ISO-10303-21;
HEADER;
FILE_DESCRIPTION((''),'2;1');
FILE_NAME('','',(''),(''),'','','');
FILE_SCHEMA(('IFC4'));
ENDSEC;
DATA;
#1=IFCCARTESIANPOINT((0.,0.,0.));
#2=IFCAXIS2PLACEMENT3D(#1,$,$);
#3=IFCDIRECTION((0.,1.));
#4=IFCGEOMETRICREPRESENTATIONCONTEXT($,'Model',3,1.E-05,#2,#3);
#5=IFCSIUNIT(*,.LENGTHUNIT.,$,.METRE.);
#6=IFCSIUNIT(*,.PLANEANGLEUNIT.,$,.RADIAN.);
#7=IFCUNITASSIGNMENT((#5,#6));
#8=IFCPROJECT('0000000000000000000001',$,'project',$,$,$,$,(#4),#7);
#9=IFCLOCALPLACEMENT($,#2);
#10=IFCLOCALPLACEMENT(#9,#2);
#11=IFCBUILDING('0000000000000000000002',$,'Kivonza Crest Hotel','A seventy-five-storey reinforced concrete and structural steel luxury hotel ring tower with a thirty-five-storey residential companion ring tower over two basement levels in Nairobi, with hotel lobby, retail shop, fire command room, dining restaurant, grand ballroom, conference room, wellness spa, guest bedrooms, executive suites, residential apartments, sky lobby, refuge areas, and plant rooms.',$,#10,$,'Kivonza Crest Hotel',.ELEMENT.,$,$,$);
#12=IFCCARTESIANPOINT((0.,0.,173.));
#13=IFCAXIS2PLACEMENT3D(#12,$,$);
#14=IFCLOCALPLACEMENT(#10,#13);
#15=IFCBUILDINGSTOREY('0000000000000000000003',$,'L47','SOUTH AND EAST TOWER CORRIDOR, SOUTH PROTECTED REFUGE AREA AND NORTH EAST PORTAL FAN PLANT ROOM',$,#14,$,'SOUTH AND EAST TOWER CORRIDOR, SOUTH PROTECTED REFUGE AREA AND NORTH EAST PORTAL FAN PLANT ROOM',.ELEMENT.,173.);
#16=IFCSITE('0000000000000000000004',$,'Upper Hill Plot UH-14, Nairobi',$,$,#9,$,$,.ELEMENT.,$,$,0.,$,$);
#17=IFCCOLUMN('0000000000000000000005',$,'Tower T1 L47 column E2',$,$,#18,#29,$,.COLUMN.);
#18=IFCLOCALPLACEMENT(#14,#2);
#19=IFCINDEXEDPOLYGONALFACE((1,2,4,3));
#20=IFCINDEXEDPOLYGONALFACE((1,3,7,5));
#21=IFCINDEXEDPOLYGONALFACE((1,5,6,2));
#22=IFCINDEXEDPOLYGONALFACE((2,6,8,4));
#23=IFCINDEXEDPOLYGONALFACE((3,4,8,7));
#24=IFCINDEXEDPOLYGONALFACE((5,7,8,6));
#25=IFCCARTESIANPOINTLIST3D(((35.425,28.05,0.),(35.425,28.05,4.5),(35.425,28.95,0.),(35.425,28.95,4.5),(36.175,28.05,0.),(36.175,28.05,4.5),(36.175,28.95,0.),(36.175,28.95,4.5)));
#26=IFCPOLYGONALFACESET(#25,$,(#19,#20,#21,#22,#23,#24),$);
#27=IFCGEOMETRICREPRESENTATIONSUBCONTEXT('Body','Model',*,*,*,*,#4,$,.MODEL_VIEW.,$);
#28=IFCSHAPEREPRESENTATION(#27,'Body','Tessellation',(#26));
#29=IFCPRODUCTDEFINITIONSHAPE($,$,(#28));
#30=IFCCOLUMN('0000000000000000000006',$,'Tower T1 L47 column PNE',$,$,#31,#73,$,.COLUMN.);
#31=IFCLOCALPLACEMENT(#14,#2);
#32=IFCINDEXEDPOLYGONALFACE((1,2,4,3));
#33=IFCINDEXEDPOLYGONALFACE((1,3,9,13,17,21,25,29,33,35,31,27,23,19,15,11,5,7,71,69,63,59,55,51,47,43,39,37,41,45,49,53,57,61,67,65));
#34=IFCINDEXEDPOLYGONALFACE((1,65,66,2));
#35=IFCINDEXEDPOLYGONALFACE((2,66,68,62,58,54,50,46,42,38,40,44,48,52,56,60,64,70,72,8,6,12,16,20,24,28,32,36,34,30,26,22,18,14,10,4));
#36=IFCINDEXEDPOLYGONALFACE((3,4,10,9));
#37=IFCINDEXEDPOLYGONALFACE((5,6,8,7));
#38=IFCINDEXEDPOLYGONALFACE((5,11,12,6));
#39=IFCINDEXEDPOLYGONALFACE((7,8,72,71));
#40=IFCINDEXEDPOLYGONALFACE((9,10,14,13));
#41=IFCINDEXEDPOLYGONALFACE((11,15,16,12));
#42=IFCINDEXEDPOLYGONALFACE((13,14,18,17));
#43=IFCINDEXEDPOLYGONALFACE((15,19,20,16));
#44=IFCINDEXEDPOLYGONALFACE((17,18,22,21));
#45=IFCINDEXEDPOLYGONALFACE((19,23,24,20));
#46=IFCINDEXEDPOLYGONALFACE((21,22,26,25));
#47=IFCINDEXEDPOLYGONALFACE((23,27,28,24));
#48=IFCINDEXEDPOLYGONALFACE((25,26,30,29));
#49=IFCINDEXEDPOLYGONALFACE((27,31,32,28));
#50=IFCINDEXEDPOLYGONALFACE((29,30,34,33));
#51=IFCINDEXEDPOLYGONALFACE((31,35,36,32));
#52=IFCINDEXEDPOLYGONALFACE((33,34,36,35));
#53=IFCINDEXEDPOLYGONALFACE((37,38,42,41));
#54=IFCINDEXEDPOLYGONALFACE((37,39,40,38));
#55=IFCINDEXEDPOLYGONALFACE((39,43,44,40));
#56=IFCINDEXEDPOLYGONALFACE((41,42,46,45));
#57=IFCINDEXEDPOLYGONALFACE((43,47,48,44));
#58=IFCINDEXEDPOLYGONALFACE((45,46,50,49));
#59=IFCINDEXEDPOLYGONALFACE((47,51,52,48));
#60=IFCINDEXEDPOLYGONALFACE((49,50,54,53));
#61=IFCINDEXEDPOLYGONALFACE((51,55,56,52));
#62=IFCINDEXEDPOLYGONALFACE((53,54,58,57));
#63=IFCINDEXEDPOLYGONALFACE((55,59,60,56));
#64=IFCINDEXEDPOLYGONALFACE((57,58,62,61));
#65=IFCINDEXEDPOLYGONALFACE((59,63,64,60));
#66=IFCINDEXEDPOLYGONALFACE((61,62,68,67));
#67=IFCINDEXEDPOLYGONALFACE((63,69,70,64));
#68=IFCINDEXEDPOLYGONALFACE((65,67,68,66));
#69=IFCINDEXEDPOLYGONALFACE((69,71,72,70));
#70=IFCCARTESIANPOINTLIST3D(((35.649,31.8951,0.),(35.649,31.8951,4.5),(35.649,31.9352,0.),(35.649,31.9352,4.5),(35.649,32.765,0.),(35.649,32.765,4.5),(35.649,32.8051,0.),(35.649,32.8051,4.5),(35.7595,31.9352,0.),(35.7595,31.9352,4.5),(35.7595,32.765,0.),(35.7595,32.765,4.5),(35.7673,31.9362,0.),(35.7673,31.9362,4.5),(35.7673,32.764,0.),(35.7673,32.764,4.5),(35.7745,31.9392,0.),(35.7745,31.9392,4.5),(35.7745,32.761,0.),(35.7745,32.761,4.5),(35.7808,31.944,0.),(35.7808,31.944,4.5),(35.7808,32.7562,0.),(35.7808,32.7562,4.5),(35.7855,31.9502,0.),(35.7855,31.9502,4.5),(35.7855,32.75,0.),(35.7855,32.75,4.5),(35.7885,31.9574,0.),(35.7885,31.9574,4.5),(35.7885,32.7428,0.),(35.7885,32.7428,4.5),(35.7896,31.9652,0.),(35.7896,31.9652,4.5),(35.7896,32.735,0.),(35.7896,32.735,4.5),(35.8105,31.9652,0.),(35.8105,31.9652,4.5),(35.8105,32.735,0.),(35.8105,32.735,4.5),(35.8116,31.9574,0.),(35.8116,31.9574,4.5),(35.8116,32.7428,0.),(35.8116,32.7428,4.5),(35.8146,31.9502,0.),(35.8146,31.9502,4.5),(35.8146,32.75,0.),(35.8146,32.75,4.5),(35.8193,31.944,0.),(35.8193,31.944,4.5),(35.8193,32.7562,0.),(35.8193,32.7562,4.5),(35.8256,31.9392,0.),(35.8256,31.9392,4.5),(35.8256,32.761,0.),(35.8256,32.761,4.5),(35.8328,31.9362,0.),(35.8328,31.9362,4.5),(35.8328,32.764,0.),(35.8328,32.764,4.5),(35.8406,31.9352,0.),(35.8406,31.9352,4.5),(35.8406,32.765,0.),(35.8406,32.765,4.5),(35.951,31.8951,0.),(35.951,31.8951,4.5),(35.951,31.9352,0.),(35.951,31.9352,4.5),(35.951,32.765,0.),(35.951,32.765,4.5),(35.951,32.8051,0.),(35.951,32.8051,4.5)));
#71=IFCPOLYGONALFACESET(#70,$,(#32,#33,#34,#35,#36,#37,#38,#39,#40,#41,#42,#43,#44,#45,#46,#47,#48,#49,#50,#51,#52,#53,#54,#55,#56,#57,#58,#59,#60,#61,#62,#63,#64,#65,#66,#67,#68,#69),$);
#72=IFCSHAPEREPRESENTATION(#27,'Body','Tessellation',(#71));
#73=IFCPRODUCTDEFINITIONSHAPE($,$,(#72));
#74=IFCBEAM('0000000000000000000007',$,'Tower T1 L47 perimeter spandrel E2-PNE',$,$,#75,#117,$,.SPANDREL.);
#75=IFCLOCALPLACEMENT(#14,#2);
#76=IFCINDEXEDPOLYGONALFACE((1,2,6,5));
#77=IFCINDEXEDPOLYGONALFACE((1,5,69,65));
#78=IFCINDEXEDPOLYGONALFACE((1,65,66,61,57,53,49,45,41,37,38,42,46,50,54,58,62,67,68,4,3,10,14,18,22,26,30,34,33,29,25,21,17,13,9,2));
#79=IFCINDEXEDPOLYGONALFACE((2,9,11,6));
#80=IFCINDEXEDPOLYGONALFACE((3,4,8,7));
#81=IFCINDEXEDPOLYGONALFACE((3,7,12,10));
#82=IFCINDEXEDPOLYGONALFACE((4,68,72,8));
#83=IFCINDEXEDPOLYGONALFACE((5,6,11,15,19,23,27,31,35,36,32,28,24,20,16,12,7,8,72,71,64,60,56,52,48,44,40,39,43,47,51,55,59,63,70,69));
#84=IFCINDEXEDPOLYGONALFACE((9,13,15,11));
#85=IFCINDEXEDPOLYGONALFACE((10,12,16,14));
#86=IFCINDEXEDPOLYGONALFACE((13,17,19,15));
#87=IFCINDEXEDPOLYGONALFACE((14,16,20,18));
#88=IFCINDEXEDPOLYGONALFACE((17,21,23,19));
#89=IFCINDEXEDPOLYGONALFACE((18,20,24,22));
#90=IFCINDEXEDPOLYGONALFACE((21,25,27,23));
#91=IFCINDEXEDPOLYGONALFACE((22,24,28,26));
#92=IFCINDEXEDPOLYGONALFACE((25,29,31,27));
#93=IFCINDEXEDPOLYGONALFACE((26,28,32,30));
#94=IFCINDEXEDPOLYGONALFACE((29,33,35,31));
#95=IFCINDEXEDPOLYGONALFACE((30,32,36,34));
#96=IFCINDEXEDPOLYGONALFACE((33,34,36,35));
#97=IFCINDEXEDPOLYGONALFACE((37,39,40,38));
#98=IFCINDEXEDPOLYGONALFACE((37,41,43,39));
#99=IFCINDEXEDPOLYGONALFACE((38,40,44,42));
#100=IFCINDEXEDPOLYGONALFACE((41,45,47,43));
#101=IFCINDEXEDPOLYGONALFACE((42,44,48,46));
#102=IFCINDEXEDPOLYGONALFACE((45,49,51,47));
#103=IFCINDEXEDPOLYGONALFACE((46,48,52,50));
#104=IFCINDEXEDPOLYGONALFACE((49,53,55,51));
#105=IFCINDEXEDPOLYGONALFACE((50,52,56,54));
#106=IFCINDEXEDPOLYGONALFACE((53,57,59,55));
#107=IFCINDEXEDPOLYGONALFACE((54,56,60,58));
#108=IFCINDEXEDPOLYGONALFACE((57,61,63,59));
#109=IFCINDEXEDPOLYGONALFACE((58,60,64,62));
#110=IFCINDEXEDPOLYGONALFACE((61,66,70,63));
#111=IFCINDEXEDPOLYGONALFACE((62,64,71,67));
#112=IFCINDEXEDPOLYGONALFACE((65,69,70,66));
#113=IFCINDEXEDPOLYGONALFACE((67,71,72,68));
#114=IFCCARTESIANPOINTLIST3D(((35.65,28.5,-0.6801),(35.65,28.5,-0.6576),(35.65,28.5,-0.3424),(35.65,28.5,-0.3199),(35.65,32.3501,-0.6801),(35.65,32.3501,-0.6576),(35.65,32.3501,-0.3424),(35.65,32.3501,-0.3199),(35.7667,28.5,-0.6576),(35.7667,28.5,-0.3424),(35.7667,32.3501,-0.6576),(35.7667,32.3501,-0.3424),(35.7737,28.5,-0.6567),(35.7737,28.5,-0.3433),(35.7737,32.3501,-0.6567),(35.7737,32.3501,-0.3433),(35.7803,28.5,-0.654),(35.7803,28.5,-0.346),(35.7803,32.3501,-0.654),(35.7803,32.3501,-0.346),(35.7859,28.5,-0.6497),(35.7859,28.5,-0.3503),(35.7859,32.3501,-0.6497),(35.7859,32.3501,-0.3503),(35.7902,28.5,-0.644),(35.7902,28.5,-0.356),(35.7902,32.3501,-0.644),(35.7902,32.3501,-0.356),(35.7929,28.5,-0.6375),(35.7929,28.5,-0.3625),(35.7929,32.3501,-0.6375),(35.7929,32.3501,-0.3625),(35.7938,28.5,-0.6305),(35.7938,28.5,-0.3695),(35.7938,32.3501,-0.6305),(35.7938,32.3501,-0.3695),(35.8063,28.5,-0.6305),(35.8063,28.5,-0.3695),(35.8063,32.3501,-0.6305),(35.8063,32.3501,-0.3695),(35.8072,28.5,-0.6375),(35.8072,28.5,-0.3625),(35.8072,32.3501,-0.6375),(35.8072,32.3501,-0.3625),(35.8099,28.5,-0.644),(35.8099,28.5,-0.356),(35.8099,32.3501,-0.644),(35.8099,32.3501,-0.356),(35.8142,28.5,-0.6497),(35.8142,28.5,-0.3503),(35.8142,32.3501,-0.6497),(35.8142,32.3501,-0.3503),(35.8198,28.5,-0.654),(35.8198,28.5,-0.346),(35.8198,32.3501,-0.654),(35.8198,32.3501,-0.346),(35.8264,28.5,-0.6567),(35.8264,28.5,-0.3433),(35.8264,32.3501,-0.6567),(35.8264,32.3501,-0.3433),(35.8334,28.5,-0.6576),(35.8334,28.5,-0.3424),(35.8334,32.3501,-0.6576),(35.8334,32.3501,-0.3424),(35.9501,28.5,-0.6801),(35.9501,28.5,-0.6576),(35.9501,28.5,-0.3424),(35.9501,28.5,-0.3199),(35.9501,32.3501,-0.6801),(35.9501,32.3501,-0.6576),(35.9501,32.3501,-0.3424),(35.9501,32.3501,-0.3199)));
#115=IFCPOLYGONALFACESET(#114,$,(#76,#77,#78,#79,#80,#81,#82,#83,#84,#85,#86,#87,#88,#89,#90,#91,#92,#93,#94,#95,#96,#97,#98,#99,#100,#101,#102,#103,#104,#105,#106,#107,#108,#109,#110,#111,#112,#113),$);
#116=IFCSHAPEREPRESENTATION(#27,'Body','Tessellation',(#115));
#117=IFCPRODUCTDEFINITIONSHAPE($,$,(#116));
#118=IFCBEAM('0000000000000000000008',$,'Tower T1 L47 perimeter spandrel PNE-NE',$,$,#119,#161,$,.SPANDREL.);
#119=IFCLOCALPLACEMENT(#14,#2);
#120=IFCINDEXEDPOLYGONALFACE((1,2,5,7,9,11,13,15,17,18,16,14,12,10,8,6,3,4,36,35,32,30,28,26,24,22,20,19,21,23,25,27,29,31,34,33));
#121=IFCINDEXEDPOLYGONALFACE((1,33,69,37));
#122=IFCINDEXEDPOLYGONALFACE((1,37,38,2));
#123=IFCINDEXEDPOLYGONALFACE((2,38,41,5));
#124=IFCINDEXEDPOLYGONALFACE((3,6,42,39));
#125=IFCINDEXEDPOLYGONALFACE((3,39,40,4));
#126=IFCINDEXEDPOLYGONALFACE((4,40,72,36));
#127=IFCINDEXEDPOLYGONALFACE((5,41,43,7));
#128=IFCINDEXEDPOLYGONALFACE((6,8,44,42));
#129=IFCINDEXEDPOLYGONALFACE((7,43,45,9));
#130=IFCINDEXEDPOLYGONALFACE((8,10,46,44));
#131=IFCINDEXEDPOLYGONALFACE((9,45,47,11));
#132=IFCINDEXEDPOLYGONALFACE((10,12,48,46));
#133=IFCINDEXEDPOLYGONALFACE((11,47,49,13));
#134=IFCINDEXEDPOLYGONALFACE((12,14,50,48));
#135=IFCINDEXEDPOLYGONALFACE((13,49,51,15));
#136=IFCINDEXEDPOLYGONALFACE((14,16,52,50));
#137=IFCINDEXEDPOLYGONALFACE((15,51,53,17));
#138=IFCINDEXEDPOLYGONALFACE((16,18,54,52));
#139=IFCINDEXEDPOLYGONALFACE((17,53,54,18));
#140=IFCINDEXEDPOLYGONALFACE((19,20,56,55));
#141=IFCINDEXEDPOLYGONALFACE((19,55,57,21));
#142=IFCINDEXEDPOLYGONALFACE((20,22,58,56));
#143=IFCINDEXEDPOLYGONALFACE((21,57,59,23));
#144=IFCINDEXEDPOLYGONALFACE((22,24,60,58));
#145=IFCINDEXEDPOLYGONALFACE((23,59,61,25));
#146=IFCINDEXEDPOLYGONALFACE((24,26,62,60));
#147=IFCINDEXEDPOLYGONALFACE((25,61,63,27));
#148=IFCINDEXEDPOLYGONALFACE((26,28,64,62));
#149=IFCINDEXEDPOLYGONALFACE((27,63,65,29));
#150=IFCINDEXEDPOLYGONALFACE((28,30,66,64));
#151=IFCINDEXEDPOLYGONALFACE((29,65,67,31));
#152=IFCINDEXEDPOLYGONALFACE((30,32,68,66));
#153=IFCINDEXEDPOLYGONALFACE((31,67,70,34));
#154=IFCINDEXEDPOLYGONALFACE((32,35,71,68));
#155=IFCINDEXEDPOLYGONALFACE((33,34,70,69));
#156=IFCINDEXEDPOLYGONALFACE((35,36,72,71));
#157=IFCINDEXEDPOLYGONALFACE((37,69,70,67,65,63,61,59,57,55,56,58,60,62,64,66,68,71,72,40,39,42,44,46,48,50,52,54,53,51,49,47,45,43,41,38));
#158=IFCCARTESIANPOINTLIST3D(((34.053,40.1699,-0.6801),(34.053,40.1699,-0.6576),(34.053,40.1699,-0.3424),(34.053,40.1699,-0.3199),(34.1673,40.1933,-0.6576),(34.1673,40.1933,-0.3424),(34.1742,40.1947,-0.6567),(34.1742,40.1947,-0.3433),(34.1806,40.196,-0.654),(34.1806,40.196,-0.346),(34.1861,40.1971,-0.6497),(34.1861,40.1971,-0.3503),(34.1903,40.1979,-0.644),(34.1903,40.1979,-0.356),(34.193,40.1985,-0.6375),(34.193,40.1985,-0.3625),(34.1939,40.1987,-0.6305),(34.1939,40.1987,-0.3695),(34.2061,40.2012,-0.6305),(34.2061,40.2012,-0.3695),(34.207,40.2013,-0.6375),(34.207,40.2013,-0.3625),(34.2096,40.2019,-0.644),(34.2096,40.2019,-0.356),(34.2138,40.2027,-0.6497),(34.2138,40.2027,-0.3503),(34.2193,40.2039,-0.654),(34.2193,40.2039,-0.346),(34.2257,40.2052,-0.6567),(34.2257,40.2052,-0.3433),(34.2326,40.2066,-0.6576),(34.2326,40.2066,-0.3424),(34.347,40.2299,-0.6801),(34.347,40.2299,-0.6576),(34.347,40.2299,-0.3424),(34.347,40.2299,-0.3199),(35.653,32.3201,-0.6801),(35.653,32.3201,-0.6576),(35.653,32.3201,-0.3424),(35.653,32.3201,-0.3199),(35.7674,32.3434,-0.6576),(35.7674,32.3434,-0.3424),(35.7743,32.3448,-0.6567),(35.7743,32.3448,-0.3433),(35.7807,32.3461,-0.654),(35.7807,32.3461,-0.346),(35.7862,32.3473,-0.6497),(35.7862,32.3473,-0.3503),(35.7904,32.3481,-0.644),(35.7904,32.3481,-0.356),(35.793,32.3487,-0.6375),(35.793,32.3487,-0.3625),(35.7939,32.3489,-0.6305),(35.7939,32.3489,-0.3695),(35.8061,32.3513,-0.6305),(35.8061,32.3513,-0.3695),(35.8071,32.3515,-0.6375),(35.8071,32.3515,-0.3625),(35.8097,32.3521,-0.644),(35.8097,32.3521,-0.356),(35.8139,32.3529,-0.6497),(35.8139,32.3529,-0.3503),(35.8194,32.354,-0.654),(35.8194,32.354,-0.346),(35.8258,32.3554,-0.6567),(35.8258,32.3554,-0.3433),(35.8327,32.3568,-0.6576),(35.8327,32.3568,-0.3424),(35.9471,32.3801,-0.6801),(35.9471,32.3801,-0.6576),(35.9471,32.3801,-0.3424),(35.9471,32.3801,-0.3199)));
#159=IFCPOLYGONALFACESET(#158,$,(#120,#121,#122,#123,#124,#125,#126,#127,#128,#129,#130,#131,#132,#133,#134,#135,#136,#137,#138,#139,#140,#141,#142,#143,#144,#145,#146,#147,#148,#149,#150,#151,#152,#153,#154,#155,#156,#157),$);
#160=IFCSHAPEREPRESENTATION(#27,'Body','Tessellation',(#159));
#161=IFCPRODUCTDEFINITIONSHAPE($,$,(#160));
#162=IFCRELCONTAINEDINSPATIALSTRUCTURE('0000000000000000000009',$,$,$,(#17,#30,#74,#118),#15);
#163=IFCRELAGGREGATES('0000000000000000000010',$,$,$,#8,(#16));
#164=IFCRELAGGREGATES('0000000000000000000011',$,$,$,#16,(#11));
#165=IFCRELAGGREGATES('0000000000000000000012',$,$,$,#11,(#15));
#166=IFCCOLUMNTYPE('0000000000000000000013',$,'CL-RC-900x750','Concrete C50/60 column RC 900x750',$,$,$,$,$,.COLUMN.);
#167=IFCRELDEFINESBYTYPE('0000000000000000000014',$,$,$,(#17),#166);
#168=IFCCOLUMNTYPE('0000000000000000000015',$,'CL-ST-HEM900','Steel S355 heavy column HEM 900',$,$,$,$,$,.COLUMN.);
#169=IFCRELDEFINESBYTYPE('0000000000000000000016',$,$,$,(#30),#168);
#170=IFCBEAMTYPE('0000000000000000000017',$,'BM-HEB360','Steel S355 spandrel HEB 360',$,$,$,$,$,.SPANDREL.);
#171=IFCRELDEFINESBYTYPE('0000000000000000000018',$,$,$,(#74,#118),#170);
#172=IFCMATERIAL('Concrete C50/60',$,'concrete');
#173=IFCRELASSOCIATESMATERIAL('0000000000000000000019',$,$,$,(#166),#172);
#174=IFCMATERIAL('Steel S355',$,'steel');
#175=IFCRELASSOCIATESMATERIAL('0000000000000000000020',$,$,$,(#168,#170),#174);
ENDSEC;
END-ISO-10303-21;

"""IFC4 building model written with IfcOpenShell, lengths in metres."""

from ifc_helpers import new_model, si_unit, direction, frame, origin, origin_2d, place, context, subcontext, project, spatial, rectangle, i_section, extrude, material, material_profile, profile_set, type_object, element, save


model = new_model("IFC4")

# Units and contexts
model_context = context("Model", 3, precision=1e-05, world=origin(), true_north=direction((0.0, 1.0)))
body_context = subcontext(model_context, "Body", "Model", "MODEL_VIEW")
ifc_project = project(units=[si_unit("LENGTHUNIT", "METRE"), si_unit("PLANEANGLEUNIT", "RADIAN")], contexts=[model_context])

# Site, building, storey
site_placement = place(None, origin())
site = spatial("IfcSite", under=ifc_project, at=site_placement, Name="Upper Hill Plot UH-14, Nairobi", CompositionType="ELEMENT", RefElevation=0.0)
building_placement = place(site_placement, origin())
building = spatial("IfcBuilding", under=site, at=building_placement, Name="Kivonza Crest Hotel", Description="A seventy-five-storey reinforced concrete and structural steel luxury hotel ring tower with a thirty-five-storey residential companion ring tower over two basement levels in Nairobi, with hotel lobby, retail shop, fire command room, dining restaurant, grand ballroom, conference room, wellness spa, guest bedrooms, executive suites, residential apartments, sky lobby, refuge areas, and plant rooms.", LongName="Kivonza Crest Hotel", CompositionType="ELEMENT")
storey_placement = place(building_placement, frame((0.0, 0.0, 173.0)))
storey = spatial("IfcBuildingStorey", under=building, at=storey_placement, Name="L47", Description="SOUTH AND EAST TOWER CORRIDOR, SOUTH PROTECTED REFUGE AREA AND NORTH EAST PORTAL FAN PLANT ROOM", LongName="SOUTH AND EAST TOWER CORRIDOR, SOUTH PROTECTED REFUGE AREA AND NORTH EAST PORTAL FAN PLANT ROOM", CompositionType="ELEMENT", Elevation=173.0)

# Columns
ifc_material_1 = material(Name="Concrete C50/60", Category="concrete")
ifc_material_profile_1 = material_profile(ifc_material_1, rectangle(XDim=0.75, YDim=0.8999, at=origin_2d()), Name="RC 900x750")
ifc_profile_set_1 = profile_set([ifc_material_profile_1], Name="Concrete C50/60")
column_type_1 = type_object("IfcColumnType", Name="CL-RC-900x750", Description="Concrete C50/60 column RC 900x750", PredefinedType="COLUMN", material=ifc_profile_set_1)
column_1_placement = place(storey_placement, frame((35.8, 28.5, 0.0), z_axis=(0.0, 0.0, 1.0), x_axis=(1.0, 0.0, 0.0)))
element("IfcColumn", 1, at=column_1_placement, inside=storey, type_object=column_type_1, Name="Tower T1 L47 column E2", PredefinedType="COLUMN", context=body_context, shape_type="SweptSolid", body=[
    extrude(rectangle(XDim=0.75, YDim=0.8999, at=origin_2d()), origin(), (0.0, 0.0, 1.0), 4.5),
])
ifc_material_2 = material(Name="Steel S355", Category="steel")
ifc_material_profile_2 = material_profile(ifc_material_2, i_section(OverallWidth=0.302, OverallDepth=0.9099, WebThickness=0.021, FlangeThickness=0.04, FilletRadius=0.03, at=origin_2d()), Name="HEM 900")
ifc_profile_set_2 = profile_set([ifc_material_profile_2], Name="Steel S355")
column_type_2 = type_object("IfcColumnType", Name="CL-ST-HEM900", Description="Steel S355 heavy column HEM 900", PredefinedType="COLUMN", material=ifc_profile_set_2)
column_2_placement = place(storey_placement, frame((35.8, 32.3501, 0.0), z_axis=(0.0, 0.0, 1.0), x_axis=(1.0, 0.0, 0.0)))
element("IfcColumn", 2, at=column_2_placement, inside=storey, type_object=column_type_2, Name="Tower T1 L47 column PNE", PredefinedType="COLUMN", context=body_context, shape_type="SweptSolid", body=[
    extrude(i_section(OverallWidth=0.302, OverallDepth=0.9099, WebThickness=0.021, FlangeThickness=0.04, FilletRadius=0.03, at=origin_2d()), origin(), (0.0, 0.0, 1.0), 4.5),
])

# Beams
ifc_material_profile_3 = material_profile(ifc_material_2, i_section(OverallWidth=0.3, OverallDepth=0.3601, WebThickness=0.0125, FlangeThickness=0.0225, FilletRadius=0.0271, at=origin_2d()), Name="HEB 360")
ifc_profile_set_3 = profile_set([ifc_material_profile_3], Name="Steel S355")
beam_type = type_object("IfcBeamType", Name="BM-HEB360", Description="Steel S355 spandrel HEB 360", PredefinedType="SPANDREL", material=ifc_profile_set_3)
beam_1_placement = place(storey_placement, frame((35.8, 28.5, -0.5), z_axis=(0.0, 1.0, 0.0), x_axis=(-1.0, 0.0, 0.0)))
element("IfcBeam", 3, at=beam_1_placement, inside=storey, type_object=beam_type, Name="Tower T1 L47 perimeter spandrel E2-PNE", PredefinedType="SPANDREL", context=body_context, shape_type="SweptSolid", body=[
    extrude(i_section(OverallWidth=0.3, OverallDepth=0.3601, WebThickness=0.0125, FlangeThickness=0.0225, FilletRadius=0.0271, at=origin_2d()), origin(), (0.0, 0.0, 1.0), 3.8501),
])
beam_2_placement = place(storey_placement, frame((35.8, 32.3501, -0.5), z_axis=(-0.199731, 0.979851, 0.0), x_axis=(-0.979851, -0.199731, 0.0)))
element("IfcBeam", 4, at=beam_2_placement, inside=storey, type_object=beam_type, Name="Tower T1 L47 perimeter spandrel PNE-NE", PredefinedType="SPANDREL", context=body_context, shape_type="SweptSolid", body=[
    extrude(i_section(OverallWidth=0.3, OverallDepth=0.3601, WebThickness=0.0125, FlangeThickness=0.0225, FilletRadius=0.0271, at=origin_2d()), origin(), (0.0, 0.0, 1.0), 8.0112),
])

save(model, "model.ifc")
